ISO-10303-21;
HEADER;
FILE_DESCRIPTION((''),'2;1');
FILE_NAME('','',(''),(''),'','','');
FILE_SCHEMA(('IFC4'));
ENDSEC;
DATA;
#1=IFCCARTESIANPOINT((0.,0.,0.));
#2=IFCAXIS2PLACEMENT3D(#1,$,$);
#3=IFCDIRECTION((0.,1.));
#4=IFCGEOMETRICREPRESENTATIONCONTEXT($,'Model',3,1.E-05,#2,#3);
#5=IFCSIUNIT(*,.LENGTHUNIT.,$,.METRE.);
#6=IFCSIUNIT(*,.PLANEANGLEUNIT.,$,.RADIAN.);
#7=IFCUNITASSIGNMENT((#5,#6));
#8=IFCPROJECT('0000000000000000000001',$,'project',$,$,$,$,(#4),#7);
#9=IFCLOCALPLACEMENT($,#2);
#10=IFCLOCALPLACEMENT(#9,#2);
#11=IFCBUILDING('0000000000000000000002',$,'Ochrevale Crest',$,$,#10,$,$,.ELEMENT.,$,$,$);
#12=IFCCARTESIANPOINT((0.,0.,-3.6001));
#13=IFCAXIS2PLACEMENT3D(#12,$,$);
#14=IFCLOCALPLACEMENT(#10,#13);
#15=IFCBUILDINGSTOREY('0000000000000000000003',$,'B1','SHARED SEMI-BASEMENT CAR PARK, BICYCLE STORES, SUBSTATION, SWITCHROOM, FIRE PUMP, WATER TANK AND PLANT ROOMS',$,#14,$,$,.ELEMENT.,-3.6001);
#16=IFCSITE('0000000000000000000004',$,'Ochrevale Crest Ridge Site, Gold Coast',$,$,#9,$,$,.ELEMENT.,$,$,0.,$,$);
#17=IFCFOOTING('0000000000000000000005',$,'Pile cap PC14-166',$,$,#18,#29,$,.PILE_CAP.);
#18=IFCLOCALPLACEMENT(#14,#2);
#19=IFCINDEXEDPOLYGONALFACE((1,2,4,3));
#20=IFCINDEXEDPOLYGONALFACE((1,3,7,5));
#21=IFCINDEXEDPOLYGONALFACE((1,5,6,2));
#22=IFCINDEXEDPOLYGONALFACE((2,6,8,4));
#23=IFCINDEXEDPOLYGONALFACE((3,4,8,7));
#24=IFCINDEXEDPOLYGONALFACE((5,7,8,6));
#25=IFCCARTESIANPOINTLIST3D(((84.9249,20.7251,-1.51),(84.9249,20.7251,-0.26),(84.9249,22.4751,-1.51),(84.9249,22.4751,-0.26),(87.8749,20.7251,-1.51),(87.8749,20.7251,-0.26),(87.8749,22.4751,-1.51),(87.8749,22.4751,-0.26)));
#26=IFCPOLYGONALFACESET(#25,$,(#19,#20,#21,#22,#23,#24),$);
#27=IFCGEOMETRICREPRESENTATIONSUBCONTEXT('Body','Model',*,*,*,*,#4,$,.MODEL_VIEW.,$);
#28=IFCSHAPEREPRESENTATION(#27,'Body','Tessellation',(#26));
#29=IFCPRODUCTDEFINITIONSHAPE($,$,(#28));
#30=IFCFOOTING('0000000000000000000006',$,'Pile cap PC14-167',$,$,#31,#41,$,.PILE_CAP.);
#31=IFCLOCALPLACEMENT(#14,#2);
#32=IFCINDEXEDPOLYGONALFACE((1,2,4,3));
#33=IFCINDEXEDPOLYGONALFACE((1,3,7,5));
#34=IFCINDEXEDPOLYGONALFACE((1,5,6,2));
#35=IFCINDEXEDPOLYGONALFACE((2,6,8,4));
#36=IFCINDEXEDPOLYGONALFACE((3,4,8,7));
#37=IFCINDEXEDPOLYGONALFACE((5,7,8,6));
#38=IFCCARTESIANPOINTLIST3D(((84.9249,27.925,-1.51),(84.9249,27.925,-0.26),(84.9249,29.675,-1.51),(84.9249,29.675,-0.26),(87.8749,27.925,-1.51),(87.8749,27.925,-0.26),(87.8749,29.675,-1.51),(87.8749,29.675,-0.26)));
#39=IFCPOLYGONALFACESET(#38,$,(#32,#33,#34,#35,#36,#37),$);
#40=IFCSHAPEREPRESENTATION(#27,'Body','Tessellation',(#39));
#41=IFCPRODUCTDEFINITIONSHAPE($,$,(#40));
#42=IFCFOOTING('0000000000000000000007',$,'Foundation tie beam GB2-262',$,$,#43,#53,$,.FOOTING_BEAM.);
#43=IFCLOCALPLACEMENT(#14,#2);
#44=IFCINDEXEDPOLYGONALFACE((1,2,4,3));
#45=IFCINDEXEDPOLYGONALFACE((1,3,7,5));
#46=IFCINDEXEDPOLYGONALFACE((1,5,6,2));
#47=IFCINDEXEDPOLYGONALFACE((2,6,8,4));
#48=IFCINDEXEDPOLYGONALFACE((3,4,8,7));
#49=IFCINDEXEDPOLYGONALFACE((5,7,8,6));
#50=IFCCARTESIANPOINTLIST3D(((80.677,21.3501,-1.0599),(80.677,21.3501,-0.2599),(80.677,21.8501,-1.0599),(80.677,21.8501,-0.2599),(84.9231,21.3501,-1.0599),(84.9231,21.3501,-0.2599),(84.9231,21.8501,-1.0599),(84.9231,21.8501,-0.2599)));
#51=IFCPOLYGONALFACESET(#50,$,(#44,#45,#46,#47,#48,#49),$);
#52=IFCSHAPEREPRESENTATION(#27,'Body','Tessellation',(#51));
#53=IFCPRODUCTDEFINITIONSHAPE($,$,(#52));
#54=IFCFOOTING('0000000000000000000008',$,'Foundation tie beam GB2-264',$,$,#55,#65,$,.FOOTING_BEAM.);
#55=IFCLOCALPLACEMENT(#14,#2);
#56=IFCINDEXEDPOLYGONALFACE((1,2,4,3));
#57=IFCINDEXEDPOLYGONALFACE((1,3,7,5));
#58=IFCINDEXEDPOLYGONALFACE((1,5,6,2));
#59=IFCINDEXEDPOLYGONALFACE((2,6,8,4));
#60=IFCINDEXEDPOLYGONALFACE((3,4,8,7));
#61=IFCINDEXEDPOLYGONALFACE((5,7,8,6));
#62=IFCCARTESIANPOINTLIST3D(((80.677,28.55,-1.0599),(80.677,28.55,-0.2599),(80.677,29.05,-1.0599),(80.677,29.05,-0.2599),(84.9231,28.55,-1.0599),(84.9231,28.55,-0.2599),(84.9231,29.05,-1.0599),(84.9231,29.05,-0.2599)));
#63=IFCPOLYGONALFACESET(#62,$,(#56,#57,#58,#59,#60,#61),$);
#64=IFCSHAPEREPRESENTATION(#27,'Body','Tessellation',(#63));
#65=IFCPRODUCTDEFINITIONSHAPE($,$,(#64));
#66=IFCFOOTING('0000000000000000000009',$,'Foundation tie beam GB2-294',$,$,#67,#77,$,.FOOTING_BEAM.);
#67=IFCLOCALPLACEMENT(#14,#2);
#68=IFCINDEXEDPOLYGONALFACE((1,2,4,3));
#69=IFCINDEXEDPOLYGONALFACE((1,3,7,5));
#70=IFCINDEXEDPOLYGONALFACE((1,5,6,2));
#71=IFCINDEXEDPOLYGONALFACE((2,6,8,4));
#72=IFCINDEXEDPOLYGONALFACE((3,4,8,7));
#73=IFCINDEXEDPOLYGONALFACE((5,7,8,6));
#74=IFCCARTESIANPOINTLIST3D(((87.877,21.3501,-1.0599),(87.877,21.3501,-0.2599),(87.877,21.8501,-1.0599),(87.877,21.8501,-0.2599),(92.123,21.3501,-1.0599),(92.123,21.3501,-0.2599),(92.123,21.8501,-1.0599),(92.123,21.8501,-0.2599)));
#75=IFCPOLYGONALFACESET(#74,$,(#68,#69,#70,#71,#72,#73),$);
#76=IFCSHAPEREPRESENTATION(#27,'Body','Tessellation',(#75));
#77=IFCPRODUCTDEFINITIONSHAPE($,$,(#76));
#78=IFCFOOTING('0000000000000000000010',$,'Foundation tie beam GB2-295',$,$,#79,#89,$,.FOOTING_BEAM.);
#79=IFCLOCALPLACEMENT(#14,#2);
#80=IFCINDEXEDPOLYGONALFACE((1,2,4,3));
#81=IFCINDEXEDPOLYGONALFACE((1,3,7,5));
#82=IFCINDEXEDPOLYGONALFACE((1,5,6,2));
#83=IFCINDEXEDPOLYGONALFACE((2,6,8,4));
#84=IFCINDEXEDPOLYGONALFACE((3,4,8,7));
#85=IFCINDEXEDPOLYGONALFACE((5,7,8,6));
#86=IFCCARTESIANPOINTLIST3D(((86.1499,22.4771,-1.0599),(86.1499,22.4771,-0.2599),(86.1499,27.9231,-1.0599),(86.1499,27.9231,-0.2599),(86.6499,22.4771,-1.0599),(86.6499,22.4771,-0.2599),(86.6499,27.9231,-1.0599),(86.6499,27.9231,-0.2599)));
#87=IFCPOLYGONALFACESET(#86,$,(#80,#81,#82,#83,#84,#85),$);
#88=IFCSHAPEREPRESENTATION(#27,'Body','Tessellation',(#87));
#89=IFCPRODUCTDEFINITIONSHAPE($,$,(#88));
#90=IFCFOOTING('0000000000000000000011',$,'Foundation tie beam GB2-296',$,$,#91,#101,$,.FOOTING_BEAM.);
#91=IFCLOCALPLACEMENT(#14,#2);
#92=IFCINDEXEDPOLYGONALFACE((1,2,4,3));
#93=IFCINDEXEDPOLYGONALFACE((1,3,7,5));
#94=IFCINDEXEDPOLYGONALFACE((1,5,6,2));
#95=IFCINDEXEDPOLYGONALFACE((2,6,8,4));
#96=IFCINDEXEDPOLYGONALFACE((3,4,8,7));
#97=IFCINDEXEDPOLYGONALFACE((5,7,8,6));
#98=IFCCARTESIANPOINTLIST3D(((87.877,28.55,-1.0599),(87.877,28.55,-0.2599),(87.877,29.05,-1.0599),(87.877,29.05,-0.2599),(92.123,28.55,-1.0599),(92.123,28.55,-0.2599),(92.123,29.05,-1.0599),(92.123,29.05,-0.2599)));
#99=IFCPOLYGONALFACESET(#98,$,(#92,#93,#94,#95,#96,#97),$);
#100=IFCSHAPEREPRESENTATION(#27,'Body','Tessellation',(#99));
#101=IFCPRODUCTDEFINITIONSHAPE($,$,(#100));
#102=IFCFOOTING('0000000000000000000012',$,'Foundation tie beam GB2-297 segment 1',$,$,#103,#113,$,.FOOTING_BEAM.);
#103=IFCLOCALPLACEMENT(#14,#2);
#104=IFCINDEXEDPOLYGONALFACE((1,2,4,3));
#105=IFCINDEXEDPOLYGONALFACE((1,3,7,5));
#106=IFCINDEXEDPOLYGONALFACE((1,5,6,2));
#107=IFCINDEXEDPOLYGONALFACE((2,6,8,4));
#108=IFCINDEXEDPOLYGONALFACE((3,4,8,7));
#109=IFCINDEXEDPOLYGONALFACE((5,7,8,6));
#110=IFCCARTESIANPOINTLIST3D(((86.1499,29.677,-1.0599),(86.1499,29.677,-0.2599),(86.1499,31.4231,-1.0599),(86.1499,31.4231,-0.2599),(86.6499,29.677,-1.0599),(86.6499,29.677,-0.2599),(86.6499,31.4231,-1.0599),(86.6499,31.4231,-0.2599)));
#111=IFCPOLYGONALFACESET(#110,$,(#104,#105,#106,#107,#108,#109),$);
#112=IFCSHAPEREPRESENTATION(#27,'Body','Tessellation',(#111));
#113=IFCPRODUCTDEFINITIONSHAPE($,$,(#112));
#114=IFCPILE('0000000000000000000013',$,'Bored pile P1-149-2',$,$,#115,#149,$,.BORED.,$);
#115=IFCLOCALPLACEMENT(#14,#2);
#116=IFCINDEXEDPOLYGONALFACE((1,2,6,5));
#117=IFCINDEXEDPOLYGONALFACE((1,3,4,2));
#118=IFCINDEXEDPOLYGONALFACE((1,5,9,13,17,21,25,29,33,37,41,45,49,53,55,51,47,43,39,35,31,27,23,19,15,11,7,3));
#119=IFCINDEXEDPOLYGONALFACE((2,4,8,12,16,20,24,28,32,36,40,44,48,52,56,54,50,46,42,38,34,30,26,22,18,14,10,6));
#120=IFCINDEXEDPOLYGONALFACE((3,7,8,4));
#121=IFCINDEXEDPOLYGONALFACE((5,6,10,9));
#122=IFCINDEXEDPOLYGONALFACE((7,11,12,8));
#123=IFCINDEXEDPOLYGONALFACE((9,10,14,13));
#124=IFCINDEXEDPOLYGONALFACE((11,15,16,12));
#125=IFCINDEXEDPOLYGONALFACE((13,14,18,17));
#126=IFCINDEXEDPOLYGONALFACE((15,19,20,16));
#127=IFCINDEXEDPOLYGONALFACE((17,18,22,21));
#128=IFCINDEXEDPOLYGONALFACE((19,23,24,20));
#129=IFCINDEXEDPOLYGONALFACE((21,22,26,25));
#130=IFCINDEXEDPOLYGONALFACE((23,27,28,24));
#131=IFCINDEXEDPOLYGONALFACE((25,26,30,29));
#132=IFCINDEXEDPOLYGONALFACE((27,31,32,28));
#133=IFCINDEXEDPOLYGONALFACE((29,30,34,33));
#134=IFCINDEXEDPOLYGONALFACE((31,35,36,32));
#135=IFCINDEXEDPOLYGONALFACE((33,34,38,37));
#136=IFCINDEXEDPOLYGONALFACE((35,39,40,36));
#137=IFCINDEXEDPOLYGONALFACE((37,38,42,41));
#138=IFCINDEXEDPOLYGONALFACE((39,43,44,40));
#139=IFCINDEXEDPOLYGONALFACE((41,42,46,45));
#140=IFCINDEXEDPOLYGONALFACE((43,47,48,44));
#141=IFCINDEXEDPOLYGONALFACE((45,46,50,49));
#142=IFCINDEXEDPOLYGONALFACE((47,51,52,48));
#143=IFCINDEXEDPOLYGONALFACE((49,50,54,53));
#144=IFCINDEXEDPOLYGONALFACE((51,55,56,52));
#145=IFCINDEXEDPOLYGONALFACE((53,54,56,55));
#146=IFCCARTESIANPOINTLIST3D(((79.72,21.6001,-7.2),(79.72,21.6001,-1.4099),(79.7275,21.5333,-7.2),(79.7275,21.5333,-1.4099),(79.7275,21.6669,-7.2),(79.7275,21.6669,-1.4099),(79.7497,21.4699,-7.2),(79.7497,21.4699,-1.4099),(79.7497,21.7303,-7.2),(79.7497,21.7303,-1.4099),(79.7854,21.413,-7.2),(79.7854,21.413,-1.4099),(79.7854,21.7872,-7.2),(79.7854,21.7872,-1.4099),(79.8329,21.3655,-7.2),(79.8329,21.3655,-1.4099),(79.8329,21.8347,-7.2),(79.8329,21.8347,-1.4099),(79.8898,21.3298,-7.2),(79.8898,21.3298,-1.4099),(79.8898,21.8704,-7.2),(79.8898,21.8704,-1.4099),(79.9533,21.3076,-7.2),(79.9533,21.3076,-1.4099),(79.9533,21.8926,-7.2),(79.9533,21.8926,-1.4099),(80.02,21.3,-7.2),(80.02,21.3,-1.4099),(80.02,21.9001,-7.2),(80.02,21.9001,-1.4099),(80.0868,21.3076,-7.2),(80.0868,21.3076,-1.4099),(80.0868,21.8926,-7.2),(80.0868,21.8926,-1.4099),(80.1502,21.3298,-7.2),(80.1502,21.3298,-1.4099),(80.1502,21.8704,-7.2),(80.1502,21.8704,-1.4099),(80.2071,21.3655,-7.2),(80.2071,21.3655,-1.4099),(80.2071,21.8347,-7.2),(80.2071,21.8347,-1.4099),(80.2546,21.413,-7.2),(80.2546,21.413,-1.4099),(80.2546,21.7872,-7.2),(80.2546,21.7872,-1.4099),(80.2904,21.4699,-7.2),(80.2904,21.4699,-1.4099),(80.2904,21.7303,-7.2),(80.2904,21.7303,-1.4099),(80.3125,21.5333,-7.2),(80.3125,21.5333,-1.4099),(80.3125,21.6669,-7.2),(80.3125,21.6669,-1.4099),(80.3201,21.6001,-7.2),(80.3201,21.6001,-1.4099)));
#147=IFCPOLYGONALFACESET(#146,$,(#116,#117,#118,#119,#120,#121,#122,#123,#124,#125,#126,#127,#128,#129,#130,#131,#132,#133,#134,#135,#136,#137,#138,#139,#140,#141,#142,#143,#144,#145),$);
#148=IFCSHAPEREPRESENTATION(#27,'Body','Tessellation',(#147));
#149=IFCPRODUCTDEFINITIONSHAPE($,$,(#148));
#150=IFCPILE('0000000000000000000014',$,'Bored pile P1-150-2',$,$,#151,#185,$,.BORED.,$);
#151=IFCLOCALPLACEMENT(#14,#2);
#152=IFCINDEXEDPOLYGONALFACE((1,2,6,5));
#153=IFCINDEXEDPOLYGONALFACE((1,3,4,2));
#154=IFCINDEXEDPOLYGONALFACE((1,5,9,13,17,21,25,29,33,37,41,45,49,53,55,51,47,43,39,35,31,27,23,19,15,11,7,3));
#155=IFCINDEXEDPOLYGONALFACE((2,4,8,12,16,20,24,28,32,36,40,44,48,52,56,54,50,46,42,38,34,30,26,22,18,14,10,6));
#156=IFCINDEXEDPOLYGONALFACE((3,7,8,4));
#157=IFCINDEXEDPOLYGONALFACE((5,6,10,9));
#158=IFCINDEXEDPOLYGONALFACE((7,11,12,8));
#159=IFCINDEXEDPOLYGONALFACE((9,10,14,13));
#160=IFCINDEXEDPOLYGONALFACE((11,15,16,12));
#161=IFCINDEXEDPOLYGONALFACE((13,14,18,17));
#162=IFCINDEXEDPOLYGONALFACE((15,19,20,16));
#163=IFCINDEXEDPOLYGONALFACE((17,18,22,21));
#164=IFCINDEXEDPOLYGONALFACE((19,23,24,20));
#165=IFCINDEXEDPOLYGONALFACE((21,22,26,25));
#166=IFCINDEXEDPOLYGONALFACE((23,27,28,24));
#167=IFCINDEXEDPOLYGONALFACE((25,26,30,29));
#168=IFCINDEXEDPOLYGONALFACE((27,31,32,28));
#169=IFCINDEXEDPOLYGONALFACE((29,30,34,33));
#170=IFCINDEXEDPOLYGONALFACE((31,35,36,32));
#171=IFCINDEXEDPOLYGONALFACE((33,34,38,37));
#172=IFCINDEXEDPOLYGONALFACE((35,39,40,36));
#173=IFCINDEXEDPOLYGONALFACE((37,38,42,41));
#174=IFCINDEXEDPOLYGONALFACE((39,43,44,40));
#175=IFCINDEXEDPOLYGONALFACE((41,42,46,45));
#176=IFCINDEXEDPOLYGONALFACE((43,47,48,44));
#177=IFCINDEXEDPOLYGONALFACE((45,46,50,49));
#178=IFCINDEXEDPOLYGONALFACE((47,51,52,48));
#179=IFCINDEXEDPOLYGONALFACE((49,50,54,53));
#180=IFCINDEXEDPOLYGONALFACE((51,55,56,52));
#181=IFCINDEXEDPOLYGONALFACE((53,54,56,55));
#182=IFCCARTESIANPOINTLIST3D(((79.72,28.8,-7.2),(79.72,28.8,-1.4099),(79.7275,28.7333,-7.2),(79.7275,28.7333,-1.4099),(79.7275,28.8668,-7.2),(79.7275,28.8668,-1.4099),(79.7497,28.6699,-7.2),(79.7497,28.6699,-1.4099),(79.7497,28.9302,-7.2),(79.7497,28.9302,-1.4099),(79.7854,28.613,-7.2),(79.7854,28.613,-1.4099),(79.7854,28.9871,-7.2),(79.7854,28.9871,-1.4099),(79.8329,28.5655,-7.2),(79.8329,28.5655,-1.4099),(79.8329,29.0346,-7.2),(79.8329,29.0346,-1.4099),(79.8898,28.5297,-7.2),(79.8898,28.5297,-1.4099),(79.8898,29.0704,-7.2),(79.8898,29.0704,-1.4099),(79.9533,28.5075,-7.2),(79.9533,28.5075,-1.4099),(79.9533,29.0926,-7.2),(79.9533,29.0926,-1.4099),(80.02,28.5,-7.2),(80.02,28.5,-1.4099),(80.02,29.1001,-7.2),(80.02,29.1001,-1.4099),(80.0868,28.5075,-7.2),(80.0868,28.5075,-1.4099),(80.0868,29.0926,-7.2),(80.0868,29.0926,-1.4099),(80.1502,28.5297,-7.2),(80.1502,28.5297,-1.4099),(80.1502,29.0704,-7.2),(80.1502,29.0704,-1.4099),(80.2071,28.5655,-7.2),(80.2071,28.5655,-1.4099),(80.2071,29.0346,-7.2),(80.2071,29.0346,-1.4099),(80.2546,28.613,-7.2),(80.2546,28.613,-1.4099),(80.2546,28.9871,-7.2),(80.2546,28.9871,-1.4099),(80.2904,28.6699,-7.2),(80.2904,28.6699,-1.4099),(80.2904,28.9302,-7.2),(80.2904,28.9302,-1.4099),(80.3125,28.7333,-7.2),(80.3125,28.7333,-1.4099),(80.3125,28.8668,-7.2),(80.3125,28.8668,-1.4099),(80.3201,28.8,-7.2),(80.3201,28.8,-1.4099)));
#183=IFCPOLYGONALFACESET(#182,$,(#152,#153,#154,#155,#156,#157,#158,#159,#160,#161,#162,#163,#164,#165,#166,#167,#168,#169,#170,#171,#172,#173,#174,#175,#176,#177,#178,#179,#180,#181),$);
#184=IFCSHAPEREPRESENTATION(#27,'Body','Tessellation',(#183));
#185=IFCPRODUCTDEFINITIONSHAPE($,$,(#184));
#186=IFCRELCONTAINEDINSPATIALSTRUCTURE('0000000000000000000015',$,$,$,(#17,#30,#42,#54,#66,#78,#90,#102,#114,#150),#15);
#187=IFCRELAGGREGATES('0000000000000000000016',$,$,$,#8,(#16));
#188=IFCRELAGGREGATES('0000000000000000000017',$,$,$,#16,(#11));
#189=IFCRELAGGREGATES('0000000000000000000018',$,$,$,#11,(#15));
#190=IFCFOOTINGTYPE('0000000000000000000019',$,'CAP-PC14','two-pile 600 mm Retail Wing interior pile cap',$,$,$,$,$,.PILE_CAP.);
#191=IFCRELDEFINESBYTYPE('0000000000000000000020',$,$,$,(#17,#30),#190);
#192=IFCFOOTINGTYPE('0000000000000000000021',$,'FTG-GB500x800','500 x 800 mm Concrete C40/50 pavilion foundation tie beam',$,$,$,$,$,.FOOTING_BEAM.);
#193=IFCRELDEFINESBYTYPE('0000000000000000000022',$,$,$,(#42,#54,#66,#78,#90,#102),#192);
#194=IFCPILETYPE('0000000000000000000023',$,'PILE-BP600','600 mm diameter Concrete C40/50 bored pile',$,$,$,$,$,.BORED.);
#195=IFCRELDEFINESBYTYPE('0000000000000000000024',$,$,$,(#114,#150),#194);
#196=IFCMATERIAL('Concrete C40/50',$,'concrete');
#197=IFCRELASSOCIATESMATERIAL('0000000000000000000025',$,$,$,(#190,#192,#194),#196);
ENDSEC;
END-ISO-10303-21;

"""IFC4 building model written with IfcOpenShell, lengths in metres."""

from ifc_helpers import new_model, si_unit, direction, frame, origin, origin_2d, place, context, subcontext, project, spatial, rectangle, circle, extrude, material, material_profile, profile_set, type_object, element, save


model = new_model("IFC4")

# Units and contexts
model_context = context("Model", 3, precision=1e-05, world=origin(), true_north=direction((0.0, 1.0)))
body_context = subcontext(model_context, "Body", "Model", "MODEL_VIEW")
ifc_project = project(units=[si_unit("LENGTHUNIT", "METRE"), si_unit("PLANEANGLEUNIT", "RADIAN")], contexts=[model_context])

# Site, building, storey
site_placement = place(None, origin())
site = spatial("IfcSite", under=ifc_project, at=site_placement, Name="Ochrevale Crest Ridge Site, Gold Coast", CompositionType="ELEMENT", RefElevation=0.0)
building_placement = place(site_placement, origin())
building = spatial("IfcBuilding", under=site, at=building_placement, Name="Ochrevale Crest", CompositionType="ELEMENT")
storey_placement = place(building_placement, frame((0.0, 0.0, -3.6001)))
storey = spatial("IfcBuildingStorey", under=building, at=storey_placement, Name="B1", Description="SHARED SEMI-BASEMENT CAR PARK, BICYCLE STORES, SUBSTATION, SWITCHROOM, FIRE PUMP, WATER TANK AND PLANT ROOMS", CompositionType="ELEMENT", Elevation=-3.6001)

# Footings
ifc_material_1 = material(Name="Concrete C40/50", Category="concrete")
footing_type_1 = type_object("IfcFootingType", Name="CAP-PC14", Description="two-pile 600 mm Retail Wing interior pile cap", PredefinedType="PILE_CAP", material=ifc_material_1)
for number, where, z_axis, x_axis, name in (
    (1, (86.3999, 21.6001, -1.51), (0.0, 0.0, 1.0), (1.0, 0.0, 0.0), "Pile cap PC14-166"),
    (2, (86.3999, 28.8, -1.51), (0.0, 0.0, 1.0), (1.0, 0.0, 0.0), "Pile cap PC14-167"),
):
    element("IfcFooting", number, at=place(storey_placement, frame(where, z_axis=z_axis, x_axis=x_axis)), inside=storey, type_object=footing_type_1, Name=name, PredefinedType="PILE_CAP", context=body_context, shape_type="SweptSolid", body=[
        extrude(rectangle(XDim=2.95, YDim=1.75, at=origin_2d()), origin(), (0.0, 0.0, 1.0), 1.25),
    ])
ifc_material_profile_1 = material_profile(ifc_material_1, rectangle(XDim=0.5, YDim=0.8, at=origin_2d()), Name="GB 500x800")
ifc_profile_set_1 = profile_set([ifc_material_profile_1], Name="Concrete C40/50")
footing_type_2 = type_object("IfcFootingType", Name="FTG-GB500x800", Description="500 x 800 mm Concrete C40/50 pavilion foundation tie beam", PredefinedType="FOOTING_BEAM", material=ifc_profile_set_1)
for number, where, z_axis, x_axis, name in (
    (3, (80.677, 21.6001, -0.6599), (1.0, 0.0, 0.0), (0.0, 1.0, 0.0), "Foundation tie beam GB2-262"),
    (4, (80.677, 28.8, -0.6599), (1.0, 0.0, 0.0), (0.0, 1.0, 0.0), "Foundation tie beam GB2-264"),
    (5, (87.877, 21.6001, -0.6599), (1.0, 0.0, 0.0), (0.0, 1.0, 0.0), "Foundation tie beam GB2-294"),
):
    element("IfcFooting", number, at=place(storey_placement, frame(where, z_axis=z_axis, x_axis=x_axis)), inside=storey, type_object=footing_type_2, Name=name, PredefinedType="FOOTING_BEAM", context=body_context, shape_type="SweptSolid", body=[
        extrude(rectangle(XDim=0.5, YDim=0.8, at=origin_2d()), origin(), (0.0, 0.0, 1.0), 4.2461),
    ])
footing_1_placement = place(storey_placement, frame((86.3999, 22.4771, -0.6599), z_axis=(0.0, 1.0, 0.0), x_axis=(-1.0, 0.0, 0.0)))
element("IfcFooting", 6, at=footing_1_placement, inside=storey, type_object=footing_type_2, Name="Foundation tie beam GB2-295", PredefinedType="FOOTING_BEAM", context=body_context, shape_type="SweptSolid", body=[
    extrude(rectangle(XDim=0.5, YDim=0.8, at=origin_2d()), origin(), (0.0, 0.0, 1.0), 5.446),
])
footing_2_placement = place(storey_placement, frame((87.877, 28.8, -0.6599), z_axis=(1.0, 0.0, 0.0), x_axis=(0.0, 1.0, 0.0)))
element("IfcFooting", 7, at=footing_2_placement, inside=storey, type_object=footing_type_2, Name="Foundation tie beam GB2-296", PredefinedType="FOOTING_BEAM", context=body_context, shape_type="SweptSolid", body=[
    extrude(rectangle(XDim=0.5, YDim=0.8, at=origin_2d()), origin(), (0.0, 0.0, 1.0), 4.2461),
])
footing_3_placement = place(storey_placement, frame((86.3999, 29.677, -0.6599), z_axis=(0.0, 1.0, 0.0), x_axis=(-1.0, 0.0, 0.0)))
element("IfcFooting", 8, at=footing_3_placement, inside=storey, type_object=footing_type_2, Name="Foundation tie beam GB2-297 segment 1", PredefinedType="FOOTING_BEAM", context=body_context, shape_type="SweptSolid", body=[
    extrude(rectangle(XDim=0.5, YDim=0.8, at=origin_2d()), origin(), (0.0, 0.0, 1.0), 1.7461),
])

# Piles
ifc_material_profile_2 = material_profile(ifc_material_1, circle(Radius=0.3, at=origin_2d()), Name="BORED PILE 600")
ifc_profile_set_2 = profile_set([ifc_material_profile_2], Name="Concrete C40/50")
pile_type = type_object("IfcPileType", Name="PILE-BP600", Description="600 mm diameter Concrete C40/50 bored pile", PredefinedType="BORED", material=ifc_profile_set_2)
for number, where, z_axis, x_axis, name in (
    (9, (80.02, 21.6001, -1.4099), (0.0, 0.0, -1.0), (1.0, 0.0, 0.0), "Bored pile P1-149-2"),
    (10, (80.02, 28.8, -1.4099), (0.0, 0.0, -1.0), (1.0, 0.0, 0.0), "Bored pile P1-150-2"),
):
    element("IfcPile", number, at=place(storey_placement, frame(where, z_axis=z_axis, x_axis=x_axis)), inside=storey, type_object=pile_type, Name=name, PredefinedType="BORED", context=body_context, shape_type="SweptSolid", body=[
        extrude(circle(Radius=0.3, at=origin_2d()), origin(), (0.0, 0.0, 1.0), 5.79),
    ])

save(model, "model.ifc")
